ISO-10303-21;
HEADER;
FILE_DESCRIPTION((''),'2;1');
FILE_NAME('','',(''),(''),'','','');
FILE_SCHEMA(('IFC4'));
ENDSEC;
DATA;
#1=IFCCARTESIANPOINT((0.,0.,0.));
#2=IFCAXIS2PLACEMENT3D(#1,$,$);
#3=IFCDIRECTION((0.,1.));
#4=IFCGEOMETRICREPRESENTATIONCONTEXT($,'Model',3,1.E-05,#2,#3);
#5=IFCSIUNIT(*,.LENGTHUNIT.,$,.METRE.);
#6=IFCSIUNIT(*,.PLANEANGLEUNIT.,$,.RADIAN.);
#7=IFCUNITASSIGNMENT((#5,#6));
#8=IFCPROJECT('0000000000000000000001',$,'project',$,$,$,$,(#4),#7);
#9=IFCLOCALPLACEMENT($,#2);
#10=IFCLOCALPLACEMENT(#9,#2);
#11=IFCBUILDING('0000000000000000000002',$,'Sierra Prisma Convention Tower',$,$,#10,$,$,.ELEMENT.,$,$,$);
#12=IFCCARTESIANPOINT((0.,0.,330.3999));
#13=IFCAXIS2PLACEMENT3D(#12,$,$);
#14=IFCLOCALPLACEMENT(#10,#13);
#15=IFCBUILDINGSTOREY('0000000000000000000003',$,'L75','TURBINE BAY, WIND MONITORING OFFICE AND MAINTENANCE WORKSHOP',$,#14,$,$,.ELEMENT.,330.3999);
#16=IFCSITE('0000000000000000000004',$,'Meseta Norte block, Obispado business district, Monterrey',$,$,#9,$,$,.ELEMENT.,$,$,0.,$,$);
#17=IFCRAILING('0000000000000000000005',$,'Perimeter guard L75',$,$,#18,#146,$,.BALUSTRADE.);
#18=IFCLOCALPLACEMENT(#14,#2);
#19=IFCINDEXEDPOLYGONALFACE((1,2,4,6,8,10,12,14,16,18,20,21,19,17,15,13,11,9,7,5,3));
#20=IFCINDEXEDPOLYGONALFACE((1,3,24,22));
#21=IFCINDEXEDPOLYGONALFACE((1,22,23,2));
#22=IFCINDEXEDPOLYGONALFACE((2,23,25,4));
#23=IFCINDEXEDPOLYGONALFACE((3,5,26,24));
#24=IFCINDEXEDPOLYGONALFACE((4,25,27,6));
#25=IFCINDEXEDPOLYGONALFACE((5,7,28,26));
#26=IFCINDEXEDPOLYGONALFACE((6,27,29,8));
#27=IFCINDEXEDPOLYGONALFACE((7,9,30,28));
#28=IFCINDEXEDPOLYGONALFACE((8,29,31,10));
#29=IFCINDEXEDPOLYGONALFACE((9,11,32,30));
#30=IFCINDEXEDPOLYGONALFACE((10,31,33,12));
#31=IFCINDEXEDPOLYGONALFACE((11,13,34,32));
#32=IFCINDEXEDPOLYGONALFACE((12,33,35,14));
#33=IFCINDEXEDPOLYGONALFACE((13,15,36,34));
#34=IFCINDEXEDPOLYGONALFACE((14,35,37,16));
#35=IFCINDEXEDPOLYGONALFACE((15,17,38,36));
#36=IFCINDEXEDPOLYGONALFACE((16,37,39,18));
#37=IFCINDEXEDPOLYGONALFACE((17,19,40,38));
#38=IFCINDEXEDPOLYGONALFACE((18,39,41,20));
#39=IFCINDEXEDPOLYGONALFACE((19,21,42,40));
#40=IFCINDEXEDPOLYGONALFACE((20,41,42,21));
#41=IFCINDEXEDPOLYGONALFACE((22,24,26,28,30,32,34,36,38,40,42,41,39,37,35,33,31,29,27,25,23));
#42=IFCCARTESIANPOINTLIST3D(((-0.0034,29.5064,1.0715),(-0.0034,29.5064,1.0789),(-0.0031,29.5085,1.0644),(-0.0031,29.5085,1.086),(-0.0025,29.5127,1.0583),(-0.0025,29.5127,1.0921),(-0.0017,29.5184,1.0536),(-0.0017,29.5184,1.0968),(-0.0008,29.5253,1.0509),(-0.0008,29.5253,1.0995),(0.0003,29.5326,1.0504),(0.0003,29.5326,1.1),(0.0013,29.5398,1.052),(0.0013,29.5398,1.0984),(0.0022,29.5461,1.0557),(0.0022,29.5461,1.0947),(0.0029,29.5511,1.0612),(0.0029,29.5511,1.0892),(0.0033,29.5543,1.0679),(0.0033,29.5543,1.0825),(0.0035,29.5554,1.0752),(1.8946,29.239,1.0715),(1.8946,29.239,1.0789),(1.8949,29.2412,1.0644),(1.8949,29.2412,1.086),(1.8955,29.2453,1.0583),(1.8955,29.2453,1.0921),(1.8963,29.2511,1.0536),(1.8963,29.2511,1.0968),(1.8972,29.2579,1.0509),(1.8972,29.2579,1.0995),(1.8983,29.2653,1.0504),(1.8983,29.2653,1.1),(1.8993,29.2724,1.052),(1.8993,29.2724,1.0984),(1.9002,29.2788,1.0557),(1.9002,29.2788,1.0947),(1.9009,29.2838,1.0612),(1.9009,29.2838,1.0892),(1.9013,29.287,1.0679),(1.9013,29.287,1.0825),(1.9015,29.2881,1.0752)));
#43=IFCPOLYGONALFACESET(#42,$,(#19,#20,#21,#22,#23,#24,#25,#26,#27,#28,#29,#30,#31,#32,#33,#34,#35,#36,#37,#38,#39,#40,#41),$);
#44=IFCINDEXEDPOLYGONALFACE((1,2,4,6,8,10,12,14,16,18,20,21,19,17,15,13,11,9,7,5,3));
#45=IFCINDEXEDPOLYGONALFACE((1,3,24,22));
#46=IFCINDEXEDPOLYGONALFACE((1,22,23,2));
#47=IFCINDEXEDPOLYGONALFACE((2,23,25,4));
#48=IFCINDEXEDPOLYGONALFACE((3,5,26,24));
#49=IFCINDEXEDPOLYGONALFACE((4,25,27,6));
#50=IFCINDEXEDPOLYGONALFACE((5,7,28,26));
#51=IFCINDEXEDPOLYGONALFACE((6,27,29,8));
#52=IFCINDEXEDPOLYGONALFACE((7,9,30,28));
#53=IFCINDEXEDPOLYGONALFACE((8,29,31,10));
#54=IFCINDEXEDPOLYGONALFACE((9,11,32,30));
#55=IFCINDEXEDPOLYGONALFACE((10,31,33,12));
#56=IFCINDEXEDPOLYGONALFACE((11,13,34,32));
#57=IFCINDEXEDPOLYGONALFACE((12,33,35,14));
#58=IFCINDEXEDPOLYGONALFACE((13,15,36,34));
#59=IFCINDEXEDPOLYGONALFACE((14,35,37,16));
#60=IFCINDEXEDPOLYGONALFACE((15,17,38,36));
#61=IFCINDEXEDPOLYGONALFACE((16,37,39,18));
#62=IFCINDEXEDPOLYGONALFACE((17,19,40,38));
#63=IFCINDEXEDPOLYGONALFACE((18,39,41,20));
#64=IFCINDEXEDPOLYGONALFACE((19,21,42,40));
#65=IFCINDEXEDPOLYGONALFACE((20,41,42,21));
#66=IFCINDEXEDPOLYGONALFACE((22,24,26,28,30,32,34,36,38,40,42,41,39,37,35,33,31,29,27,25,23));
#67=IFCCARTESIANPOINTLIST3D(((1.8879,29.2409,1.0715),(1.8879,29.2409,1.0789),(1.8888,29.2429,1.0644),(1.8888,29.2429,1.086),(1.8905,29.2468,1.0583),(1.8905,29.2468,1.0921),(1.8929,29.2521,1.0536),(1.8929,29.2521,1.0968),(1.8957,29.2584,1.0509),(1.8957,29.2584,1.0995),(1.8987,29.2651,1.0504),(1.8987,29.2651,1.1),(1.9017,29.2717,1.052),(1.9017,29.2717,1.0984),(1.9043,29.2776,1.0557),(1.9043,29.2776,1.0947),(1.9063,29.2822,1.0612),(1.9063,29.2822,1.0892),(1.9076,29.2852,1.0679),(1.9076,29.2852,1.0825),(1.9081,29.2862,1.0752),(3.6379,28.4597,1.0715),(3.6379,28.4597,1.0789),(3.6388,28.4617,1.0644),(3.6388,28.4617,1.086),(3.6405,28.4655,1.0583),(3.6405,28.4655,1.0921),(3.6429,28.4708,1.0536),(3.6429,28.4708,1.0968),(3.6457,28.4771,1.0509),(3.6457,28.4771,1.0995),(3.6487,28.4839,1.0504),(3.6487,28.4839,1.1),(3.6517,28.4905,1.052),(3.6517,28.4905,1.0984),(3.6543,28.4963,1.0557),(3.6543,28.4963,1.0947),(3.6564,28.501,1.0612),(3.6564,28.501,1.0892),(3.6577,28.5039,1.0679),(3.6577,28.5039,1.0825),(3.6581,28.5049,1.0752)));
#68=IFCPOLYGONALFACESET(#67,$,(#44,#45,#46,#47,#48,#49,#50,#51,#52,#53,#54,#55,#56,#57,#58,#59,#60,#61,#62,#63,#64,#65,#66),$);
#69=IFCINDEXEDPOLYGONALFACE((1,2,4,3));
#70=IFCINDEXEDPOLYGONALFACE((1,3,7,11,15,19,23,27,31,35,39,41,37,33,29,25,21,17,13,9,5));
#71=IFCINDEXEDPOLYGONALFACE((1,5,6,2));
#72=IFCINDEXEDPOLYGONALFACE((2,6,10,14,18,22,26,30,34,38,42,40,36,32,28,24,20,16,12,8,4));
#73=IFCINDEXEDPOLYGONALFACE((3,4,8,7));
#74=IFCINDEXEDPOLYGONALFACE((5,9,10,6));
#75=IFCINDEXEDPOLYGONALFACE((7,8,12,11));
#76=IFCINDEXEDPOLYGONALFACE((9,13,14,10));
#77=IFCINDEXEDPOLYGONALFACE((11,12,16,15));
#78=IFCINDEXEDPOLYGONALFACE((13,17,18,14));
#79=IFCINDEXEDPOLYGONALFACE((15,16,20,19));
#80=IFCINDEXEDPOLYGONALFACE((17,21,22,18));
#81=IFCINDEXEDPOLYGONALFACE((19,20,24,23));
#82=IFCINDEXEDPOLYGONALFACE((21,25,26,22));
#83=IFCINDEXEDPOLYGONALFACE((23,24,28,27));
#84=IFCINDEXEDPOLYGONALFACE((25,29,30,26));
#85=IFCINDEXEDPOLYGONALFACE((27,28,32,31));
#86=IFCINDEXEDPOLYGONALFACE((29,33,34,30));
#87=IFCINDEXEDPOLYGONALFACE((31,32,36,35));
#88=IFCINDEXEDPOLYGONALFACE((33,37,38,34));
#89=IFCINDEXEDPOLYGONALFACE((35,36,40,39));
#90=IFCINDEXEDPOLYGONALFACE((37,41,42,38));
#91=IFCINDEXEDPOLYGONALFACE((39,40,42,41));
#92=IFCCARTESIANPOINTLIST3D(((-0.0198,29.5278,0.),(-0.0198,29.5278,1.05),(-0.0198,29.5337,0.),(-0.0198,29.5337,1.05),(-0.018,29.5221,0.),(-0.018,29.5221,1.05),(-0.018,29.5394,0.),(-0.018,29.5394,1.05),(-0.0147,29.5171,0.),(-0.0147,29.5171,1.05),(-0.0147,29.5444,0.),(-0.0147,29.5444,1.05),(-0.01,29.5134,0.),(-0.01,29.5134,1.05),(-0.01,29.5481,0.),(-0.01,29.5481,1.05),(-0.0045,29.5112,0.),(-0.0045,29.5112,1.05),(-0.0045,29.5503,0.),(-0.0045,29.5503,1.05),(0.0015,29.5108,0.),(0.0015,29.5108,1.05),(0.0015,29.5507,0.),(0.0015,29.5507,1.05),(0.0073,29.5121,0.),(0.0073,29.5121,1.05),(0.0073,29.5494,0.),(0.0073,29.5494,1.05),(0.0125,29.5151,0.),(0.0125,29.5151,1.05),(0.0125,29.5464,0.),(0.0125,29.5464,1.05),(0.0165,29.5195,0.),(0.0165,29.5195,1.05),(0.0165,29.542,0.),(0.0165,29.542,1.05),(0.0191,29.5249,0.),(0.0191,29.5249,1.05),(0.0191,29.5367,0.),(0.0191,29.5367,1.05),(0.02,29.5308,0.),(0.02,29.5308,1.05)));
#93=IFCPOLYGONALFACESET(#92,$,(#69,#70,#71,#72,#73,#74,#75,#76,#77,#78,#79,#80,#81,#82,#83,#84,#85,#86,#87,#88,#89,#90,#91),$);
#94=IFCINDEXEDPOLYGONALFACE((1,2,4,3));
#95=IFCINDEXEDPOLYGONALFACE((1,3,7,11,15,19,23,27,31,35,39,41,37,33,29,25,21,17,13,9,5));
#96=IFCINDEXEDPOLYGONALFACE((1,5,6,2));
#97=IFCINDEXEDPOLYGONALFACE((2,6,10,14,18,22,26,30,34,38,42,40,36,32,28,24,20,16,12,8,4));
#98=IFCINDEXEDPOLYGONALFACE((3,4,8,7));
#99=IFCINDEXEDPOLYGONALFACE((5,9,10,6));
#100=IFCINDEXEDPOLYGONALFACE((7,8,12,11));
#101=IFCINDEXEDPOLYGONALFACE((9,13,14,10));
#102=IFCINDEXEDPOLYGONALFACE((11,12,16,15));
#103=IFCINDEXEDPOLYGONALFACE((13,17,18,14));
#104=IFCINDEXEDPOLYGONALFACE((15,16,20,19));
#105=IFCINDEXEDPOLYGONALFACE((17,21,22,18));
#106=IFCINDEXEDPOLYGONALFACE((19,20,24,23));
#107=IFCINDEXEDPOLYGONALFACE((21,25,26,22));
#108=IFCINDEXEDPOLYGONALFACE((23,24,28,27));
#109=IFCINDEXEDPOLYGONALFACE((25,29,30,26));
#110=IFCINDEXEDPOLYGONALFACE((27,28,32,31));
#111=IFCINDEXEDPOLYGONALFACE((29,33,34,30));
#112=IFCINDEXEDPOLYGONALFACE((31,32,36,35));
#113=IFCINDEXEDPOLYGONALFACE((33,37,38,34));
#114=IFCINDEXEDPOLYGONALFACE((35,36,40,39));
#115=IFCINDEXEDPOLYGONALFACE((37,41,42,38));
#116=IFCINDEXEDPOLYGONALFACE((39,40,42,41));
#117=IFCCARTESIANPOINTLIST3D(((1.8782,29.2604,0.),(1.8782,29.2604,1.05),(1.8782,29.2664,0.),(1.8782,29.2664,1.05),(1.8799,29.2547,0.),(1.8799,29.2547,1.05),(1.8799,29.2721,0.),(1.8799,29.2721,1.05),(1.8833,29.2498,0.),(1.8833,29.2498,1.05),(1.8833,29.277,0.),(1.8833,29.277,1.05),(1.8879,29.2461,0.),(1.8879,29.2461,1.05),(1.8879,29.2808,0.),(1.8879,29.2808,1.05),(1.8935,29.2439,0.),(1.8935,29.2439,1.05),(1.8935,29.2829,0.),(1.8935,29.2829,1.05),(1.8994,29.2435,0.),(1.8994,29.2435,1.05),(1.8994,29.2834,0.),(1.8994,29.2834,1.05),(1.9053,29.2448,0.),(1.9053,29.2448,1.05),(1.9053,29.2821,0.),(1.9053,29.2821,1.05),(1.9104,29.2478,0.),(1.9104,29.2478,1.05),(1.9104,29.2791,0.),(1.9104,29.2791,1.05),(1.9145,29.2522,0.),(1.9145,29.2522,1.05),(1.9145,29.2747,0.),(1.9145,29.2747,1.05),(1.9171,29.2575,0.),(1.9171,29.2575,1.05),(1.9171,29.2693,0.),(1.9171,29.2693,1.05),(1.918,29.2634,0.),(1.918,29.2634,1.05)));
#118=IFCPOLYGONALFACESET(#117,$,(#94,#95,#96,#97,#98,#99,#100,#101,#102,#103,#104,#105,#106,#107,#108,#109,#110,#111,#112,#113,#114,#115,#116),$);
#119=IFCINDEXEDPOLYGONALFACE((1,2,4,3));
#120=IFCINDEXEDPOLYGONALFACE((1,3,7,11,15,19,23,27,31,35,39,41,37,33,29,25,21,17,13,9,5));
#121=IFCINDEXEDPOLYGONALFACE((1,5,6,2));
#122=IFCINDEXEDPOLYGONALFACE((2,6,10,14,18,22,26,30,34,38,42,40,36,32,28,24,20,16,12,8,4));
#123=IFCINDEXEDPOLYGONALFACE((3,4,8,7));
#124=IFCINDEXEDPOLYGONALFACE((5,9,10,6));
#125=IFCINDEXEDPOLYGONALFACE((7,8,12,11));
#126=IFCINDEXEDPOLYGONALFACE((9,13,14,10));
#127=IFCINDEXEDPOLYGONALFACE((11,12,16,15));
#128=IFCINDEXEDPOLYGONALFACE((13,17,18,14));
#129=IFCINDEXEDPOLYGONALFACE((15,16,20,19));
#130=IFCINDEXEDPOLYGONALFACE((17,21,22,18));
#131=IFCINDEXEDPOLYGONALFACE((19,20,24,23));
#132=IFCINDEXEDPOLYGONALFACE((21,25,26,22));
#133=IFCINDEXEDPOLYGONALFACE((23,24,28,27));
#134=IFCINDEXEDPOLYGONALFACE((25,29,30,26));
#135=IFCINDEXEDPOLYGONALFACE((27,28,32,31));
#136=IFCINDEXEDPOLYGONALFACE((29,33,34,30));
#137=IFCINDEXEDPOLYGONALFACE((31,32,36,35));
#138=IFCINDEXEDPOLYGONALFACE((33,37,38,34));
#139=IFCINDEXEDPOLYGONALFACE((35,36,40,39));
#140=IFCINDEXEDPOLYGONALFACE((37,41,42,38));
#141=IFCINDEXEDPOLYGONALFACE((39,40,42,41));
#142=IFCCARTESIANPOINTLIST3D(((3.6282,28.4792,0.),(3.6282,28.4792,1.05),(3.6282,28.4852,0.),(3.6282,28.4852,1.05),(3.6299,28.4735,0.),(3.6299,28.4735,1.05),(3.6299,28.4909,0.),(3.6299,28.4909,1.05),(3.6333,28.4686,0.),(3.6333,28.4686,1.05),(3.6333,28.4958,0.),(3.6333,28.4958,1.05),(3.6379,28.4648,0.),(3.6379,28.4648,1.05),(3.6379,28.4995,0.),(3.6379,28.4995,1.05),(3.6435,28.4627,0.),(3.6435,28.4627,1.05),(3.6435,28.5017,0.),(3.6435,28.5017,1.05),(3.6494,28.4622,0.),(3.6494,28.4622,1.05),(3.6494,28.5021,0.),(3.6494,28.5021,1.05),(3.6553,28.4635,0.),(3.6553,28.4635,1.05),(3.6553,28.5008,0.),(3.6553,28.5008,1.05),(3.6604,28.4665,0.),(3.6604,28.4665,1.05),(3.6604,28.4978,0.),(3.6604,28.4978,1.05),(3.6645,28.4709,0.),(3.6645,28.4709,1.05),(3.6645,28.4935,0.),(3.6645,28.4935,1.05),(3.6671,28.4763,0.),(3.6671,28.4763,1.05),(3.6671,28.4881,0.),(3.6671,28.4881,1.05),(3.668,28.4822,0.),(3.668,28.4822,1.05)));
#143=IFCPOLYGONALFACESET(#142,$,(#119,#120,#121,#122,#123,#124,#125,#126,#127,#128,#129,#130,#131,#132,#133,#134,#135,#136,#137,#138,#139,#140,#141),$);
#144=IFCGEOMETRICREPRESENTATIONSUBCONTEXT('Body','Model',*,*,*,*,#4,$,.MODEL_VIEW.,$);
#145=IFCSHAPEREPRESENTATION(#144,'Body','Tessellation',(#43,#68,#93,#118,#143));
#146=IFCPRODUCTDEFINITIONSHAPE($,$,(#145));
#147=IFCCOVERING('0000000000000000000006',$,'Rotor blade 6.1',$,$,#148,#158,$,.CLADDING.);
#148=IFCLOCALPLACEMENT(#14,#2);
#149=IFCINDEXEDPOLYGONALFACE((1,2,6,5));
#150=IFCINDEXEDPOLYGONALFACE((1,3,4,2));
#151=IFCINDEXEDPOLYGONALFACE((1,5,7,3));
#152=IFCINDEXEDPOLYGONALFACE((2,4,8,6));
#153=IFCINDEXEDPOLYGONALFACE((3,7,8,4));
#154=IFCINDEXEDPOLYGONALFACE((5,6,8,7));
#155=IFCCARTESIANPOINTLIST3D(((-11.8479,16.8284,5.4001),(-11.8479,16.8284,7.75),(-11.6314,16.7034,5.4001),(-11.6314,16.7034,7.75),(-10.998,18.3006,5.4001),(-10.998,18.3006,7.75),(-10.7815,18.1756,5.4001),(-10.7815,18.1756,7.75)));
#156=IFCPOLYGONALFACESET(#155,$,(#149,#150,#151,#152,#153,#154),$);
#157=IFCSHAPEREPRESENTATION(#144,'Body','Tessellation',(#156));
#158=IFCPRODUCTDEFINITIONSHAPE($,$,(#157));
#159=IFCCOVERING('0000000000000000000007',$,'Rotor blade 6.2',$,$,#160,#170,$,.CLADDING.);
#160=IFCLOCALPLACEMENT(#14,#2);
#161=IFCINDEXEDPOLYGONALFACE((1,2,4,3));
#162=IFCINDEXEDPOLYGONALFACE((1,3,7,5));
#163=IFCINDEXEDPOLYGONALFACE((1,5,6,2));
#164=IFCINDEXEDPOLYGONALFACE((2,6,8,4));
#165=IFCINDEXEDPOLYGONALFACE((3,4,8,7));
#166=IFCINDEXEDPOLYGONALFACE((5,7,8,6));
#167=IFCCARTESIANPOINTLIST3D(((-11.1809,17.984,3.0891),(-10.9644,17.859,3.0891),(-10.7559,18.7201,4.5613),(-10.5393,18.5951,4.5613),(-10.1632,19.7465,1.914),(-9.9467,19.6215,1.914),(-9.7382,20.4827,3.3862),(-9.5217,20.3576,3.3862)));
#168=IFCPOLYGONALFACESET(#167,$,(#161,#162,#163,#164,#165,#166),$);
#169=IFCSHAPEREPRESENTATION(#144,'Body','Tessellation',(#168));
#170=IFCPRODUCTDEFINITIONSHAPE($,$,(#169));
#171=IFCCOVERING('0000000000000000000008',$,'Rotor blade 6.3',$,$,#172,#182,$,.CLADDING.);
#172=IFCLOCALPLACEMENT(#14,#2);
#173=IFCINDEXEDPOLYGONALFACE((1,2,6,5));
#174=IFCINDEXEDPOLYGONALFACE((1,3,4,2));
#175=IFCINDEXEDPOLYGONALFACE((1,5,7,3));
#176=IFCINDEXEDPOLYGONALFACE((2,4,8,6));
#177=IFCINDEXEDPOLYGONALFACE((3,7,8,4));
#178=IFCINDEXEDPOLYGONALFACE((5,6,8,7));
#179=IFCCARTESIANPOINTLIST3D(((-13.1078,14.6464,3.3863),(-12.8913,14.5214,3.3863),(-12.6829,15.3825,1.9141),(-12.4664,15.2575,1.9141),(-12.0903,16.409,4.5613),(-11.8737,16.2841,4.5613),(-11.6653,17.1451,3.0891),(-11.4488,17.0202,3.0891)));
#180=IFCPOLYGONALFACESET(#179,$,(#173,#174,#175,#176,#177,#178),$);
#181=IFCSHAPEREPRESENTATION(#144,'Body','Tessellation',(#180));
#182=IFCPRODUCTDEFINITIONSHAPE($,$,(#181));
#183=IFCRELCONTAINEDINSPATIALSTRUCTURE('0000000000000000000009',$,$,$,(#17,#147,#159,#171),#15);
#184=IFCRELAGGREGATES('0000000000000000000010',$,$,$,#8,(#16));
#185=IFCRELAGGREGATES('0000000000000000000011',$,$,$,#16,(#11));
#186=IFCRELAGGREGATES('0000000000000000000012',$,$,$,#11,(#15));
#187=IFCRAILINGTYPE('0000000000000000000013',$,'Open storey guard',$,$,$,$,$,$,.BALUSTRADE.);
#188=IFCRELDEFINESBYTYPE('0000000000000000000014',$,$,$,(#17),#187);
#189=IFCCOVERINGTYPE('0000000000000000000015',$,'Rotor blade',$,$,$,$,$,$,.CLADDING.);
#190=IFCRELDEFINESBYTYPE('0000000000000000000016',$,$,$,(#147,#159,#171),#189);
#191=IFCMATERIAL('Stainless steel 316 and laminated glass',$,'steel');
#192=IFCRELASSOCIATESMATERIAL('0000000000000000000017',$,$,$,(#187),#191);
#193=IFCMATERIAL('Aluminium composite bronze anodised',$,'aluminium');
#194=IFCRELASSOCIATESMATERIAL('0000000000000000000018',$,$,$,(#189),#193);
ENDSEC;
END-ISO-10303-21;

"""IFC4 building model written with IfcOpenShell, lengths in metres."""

from ifc_helpers import new_model, si_unit, direction, frame, origin, origin_2d, place, context, subcontext, project, spatial, rectangle, circle, extrude, material, material_profile, profile_set, type_object, element, save


model = new_model("IFC4")

# Units and contexts
model_context = context("Model", 3, precision=1e-05, world=origin(), true_north=direction((0.0, 1.0)))
body_context = subcontext(model_context, "Body", "Model", "MODEL_VIEW")
ifc_project = project(units=[si_unit("LENGTHUNIT", "METRE"), si_unit("PLANEANGLEUNIT", "RADIAN")], contexts=[model_context])

# Site, building, storey
site_placement = place(None, origin())
site = spatial("IfcSite", under=ifc_project, at=site_placement, Name="Meseta Norte block, Obispado business district, Monterrey", CompositionType="ELEMENT", RefElevation=0.0)
building_placement = place(site_placement, origin())
building = spatial("IfcBuilding", under=site, at=building_placement, Name="Sierra Prisma Convention Tower", CompositionType="ELEMENT")
storey_placement = place(building_placement, frame((0.0, 0.0, 330.3999)))
storey = spatial("IfcBuildingStorey", under=building, at=storey_placement, Name="L75", Description="TURBINE BAY, WIND MONITORING OFFICE AND MAINTENANCE WORKSHOP", CompositionType="ELEMENT", Elevation=330.3999)

# Railing
ifc_material_1 = material(Name="Stainless steel 316 and laminated glass", Category="steel")
railing_type = type_object("IfcRailingType", Name="Open storey guard", PredefinedType="BALUSTRADE", material=ifc_material_1)
railing_1_placement = place(storey_placement, frame((0.0, 29.5308, 0.0)))
element("IfcRailing", 1, at=railing_1_placement, inside=storey, type_object=railing_type, Name="Perimeter guard L75", PredefinedType="BALUSTRADE", context=body_context, shape_type="SweptSolid", body=[
    extrude(circle(Radius=0.0249, at=origin_2d()), frame((0.0, 0.0, 1.0752), z_axis=(0.990225, -0.139477, 0.0), x_axis=(0.139477, 0.990225, 0.0)), (0.0, 0.0, 1.0), 1.9167),
    extrude(circle(Radius=0.0249, at=origin_2d()), frame((1.8979, -0.2673, 1.0752), z_axis=(0.913138, -0.407651, 0.0), x_axis=(0.407651, 0.913138, 0.0)), (0.0, 0.0, 1.0), 1.9165),
    extrude(circle(Radius=0.02, at=origin_2d()), origin(), (0.0, 0.0, 1.0), 1.05),
    extrude(circle(Radius=0.02, at=origin_2d()), frame((1.8979, -0.2673, 0.0)), (0.0, 0.0, 1.0), 1.05),
    extrude(circle(Radius=0.02, at=origin_2d()), frame((3.6479, -1.0486, 0.0)), (0.0, 0.0, 1.0), 1.05),
])

# Coverings
ifc_material_2 = material(Name="Aluminium composite bronze anodised", Category="aluminium")
ifc_material_profile_1 = material_profile(ifc_material_2, rectangle(XDim=0.25, YDim=1.7, at=origin_2d()), Name="ROTOR BLADE 250x1700")
ifc_profile_set_1 = profile_set([ifc_material_profile_1], Name="Aluminium composite bronze anodised")
covering_type_1 = type_object("IfcCoveringType", Name="Rotor blade", PredefinedType="CLADDING", material=ifc_profile_set_1)
covering_1_placement = place(storey_placement, frame((-11.3147, 17.502, 5.4001), z_axis=(0.0, 0.0, 1.0), x_axis=(-0.866025, 0.5, 0.0)))
element("IfcCovering", 2, at=covering_1_placement, inside=storey, type_object=covering_type_1, Name="Rotor blade 6.1", PredefinedType="CLADDING", context=body_context, shape_type="SweptSolid", body=[
    extrude(rectangle(XDim=0.25, YDim=1.7, at=origin_2d()), origin(), (0.0, 0.0, 1.0), 2.3499),
])
for number, where, z_axis, x_axis, name in (
    (3, (-10.8601, 18.2896, 3.8252), (0.433014, 0.749983, -0.500024), (-0.86602, 0.50001, 0.0), "Rotor blade 6.2"),
    (4, (-11.7695, 16.7146, 3.8252), (-0.432981, -0.750029, -0.499985), (0.86605, -0.499958, 0.0), "Rotor blade 6.3"),
):
    element("IfcCovering", number, at=place(storey_placement, frame(where, z_axis=z_axis, x_axis=x_axis)), inside=storey, type_object=covering_type_1, Name=name, PredefinedType="CLADDING", context=body_context, shape_type="SweptSolid", body=[
        extrude(rectangle(XDim=0.25, YDim=1.7, at=origin_2d()), origin(), (0.0, 0.0, 1.0), 2.3501),
    ])

save(model, "model.ifc")
